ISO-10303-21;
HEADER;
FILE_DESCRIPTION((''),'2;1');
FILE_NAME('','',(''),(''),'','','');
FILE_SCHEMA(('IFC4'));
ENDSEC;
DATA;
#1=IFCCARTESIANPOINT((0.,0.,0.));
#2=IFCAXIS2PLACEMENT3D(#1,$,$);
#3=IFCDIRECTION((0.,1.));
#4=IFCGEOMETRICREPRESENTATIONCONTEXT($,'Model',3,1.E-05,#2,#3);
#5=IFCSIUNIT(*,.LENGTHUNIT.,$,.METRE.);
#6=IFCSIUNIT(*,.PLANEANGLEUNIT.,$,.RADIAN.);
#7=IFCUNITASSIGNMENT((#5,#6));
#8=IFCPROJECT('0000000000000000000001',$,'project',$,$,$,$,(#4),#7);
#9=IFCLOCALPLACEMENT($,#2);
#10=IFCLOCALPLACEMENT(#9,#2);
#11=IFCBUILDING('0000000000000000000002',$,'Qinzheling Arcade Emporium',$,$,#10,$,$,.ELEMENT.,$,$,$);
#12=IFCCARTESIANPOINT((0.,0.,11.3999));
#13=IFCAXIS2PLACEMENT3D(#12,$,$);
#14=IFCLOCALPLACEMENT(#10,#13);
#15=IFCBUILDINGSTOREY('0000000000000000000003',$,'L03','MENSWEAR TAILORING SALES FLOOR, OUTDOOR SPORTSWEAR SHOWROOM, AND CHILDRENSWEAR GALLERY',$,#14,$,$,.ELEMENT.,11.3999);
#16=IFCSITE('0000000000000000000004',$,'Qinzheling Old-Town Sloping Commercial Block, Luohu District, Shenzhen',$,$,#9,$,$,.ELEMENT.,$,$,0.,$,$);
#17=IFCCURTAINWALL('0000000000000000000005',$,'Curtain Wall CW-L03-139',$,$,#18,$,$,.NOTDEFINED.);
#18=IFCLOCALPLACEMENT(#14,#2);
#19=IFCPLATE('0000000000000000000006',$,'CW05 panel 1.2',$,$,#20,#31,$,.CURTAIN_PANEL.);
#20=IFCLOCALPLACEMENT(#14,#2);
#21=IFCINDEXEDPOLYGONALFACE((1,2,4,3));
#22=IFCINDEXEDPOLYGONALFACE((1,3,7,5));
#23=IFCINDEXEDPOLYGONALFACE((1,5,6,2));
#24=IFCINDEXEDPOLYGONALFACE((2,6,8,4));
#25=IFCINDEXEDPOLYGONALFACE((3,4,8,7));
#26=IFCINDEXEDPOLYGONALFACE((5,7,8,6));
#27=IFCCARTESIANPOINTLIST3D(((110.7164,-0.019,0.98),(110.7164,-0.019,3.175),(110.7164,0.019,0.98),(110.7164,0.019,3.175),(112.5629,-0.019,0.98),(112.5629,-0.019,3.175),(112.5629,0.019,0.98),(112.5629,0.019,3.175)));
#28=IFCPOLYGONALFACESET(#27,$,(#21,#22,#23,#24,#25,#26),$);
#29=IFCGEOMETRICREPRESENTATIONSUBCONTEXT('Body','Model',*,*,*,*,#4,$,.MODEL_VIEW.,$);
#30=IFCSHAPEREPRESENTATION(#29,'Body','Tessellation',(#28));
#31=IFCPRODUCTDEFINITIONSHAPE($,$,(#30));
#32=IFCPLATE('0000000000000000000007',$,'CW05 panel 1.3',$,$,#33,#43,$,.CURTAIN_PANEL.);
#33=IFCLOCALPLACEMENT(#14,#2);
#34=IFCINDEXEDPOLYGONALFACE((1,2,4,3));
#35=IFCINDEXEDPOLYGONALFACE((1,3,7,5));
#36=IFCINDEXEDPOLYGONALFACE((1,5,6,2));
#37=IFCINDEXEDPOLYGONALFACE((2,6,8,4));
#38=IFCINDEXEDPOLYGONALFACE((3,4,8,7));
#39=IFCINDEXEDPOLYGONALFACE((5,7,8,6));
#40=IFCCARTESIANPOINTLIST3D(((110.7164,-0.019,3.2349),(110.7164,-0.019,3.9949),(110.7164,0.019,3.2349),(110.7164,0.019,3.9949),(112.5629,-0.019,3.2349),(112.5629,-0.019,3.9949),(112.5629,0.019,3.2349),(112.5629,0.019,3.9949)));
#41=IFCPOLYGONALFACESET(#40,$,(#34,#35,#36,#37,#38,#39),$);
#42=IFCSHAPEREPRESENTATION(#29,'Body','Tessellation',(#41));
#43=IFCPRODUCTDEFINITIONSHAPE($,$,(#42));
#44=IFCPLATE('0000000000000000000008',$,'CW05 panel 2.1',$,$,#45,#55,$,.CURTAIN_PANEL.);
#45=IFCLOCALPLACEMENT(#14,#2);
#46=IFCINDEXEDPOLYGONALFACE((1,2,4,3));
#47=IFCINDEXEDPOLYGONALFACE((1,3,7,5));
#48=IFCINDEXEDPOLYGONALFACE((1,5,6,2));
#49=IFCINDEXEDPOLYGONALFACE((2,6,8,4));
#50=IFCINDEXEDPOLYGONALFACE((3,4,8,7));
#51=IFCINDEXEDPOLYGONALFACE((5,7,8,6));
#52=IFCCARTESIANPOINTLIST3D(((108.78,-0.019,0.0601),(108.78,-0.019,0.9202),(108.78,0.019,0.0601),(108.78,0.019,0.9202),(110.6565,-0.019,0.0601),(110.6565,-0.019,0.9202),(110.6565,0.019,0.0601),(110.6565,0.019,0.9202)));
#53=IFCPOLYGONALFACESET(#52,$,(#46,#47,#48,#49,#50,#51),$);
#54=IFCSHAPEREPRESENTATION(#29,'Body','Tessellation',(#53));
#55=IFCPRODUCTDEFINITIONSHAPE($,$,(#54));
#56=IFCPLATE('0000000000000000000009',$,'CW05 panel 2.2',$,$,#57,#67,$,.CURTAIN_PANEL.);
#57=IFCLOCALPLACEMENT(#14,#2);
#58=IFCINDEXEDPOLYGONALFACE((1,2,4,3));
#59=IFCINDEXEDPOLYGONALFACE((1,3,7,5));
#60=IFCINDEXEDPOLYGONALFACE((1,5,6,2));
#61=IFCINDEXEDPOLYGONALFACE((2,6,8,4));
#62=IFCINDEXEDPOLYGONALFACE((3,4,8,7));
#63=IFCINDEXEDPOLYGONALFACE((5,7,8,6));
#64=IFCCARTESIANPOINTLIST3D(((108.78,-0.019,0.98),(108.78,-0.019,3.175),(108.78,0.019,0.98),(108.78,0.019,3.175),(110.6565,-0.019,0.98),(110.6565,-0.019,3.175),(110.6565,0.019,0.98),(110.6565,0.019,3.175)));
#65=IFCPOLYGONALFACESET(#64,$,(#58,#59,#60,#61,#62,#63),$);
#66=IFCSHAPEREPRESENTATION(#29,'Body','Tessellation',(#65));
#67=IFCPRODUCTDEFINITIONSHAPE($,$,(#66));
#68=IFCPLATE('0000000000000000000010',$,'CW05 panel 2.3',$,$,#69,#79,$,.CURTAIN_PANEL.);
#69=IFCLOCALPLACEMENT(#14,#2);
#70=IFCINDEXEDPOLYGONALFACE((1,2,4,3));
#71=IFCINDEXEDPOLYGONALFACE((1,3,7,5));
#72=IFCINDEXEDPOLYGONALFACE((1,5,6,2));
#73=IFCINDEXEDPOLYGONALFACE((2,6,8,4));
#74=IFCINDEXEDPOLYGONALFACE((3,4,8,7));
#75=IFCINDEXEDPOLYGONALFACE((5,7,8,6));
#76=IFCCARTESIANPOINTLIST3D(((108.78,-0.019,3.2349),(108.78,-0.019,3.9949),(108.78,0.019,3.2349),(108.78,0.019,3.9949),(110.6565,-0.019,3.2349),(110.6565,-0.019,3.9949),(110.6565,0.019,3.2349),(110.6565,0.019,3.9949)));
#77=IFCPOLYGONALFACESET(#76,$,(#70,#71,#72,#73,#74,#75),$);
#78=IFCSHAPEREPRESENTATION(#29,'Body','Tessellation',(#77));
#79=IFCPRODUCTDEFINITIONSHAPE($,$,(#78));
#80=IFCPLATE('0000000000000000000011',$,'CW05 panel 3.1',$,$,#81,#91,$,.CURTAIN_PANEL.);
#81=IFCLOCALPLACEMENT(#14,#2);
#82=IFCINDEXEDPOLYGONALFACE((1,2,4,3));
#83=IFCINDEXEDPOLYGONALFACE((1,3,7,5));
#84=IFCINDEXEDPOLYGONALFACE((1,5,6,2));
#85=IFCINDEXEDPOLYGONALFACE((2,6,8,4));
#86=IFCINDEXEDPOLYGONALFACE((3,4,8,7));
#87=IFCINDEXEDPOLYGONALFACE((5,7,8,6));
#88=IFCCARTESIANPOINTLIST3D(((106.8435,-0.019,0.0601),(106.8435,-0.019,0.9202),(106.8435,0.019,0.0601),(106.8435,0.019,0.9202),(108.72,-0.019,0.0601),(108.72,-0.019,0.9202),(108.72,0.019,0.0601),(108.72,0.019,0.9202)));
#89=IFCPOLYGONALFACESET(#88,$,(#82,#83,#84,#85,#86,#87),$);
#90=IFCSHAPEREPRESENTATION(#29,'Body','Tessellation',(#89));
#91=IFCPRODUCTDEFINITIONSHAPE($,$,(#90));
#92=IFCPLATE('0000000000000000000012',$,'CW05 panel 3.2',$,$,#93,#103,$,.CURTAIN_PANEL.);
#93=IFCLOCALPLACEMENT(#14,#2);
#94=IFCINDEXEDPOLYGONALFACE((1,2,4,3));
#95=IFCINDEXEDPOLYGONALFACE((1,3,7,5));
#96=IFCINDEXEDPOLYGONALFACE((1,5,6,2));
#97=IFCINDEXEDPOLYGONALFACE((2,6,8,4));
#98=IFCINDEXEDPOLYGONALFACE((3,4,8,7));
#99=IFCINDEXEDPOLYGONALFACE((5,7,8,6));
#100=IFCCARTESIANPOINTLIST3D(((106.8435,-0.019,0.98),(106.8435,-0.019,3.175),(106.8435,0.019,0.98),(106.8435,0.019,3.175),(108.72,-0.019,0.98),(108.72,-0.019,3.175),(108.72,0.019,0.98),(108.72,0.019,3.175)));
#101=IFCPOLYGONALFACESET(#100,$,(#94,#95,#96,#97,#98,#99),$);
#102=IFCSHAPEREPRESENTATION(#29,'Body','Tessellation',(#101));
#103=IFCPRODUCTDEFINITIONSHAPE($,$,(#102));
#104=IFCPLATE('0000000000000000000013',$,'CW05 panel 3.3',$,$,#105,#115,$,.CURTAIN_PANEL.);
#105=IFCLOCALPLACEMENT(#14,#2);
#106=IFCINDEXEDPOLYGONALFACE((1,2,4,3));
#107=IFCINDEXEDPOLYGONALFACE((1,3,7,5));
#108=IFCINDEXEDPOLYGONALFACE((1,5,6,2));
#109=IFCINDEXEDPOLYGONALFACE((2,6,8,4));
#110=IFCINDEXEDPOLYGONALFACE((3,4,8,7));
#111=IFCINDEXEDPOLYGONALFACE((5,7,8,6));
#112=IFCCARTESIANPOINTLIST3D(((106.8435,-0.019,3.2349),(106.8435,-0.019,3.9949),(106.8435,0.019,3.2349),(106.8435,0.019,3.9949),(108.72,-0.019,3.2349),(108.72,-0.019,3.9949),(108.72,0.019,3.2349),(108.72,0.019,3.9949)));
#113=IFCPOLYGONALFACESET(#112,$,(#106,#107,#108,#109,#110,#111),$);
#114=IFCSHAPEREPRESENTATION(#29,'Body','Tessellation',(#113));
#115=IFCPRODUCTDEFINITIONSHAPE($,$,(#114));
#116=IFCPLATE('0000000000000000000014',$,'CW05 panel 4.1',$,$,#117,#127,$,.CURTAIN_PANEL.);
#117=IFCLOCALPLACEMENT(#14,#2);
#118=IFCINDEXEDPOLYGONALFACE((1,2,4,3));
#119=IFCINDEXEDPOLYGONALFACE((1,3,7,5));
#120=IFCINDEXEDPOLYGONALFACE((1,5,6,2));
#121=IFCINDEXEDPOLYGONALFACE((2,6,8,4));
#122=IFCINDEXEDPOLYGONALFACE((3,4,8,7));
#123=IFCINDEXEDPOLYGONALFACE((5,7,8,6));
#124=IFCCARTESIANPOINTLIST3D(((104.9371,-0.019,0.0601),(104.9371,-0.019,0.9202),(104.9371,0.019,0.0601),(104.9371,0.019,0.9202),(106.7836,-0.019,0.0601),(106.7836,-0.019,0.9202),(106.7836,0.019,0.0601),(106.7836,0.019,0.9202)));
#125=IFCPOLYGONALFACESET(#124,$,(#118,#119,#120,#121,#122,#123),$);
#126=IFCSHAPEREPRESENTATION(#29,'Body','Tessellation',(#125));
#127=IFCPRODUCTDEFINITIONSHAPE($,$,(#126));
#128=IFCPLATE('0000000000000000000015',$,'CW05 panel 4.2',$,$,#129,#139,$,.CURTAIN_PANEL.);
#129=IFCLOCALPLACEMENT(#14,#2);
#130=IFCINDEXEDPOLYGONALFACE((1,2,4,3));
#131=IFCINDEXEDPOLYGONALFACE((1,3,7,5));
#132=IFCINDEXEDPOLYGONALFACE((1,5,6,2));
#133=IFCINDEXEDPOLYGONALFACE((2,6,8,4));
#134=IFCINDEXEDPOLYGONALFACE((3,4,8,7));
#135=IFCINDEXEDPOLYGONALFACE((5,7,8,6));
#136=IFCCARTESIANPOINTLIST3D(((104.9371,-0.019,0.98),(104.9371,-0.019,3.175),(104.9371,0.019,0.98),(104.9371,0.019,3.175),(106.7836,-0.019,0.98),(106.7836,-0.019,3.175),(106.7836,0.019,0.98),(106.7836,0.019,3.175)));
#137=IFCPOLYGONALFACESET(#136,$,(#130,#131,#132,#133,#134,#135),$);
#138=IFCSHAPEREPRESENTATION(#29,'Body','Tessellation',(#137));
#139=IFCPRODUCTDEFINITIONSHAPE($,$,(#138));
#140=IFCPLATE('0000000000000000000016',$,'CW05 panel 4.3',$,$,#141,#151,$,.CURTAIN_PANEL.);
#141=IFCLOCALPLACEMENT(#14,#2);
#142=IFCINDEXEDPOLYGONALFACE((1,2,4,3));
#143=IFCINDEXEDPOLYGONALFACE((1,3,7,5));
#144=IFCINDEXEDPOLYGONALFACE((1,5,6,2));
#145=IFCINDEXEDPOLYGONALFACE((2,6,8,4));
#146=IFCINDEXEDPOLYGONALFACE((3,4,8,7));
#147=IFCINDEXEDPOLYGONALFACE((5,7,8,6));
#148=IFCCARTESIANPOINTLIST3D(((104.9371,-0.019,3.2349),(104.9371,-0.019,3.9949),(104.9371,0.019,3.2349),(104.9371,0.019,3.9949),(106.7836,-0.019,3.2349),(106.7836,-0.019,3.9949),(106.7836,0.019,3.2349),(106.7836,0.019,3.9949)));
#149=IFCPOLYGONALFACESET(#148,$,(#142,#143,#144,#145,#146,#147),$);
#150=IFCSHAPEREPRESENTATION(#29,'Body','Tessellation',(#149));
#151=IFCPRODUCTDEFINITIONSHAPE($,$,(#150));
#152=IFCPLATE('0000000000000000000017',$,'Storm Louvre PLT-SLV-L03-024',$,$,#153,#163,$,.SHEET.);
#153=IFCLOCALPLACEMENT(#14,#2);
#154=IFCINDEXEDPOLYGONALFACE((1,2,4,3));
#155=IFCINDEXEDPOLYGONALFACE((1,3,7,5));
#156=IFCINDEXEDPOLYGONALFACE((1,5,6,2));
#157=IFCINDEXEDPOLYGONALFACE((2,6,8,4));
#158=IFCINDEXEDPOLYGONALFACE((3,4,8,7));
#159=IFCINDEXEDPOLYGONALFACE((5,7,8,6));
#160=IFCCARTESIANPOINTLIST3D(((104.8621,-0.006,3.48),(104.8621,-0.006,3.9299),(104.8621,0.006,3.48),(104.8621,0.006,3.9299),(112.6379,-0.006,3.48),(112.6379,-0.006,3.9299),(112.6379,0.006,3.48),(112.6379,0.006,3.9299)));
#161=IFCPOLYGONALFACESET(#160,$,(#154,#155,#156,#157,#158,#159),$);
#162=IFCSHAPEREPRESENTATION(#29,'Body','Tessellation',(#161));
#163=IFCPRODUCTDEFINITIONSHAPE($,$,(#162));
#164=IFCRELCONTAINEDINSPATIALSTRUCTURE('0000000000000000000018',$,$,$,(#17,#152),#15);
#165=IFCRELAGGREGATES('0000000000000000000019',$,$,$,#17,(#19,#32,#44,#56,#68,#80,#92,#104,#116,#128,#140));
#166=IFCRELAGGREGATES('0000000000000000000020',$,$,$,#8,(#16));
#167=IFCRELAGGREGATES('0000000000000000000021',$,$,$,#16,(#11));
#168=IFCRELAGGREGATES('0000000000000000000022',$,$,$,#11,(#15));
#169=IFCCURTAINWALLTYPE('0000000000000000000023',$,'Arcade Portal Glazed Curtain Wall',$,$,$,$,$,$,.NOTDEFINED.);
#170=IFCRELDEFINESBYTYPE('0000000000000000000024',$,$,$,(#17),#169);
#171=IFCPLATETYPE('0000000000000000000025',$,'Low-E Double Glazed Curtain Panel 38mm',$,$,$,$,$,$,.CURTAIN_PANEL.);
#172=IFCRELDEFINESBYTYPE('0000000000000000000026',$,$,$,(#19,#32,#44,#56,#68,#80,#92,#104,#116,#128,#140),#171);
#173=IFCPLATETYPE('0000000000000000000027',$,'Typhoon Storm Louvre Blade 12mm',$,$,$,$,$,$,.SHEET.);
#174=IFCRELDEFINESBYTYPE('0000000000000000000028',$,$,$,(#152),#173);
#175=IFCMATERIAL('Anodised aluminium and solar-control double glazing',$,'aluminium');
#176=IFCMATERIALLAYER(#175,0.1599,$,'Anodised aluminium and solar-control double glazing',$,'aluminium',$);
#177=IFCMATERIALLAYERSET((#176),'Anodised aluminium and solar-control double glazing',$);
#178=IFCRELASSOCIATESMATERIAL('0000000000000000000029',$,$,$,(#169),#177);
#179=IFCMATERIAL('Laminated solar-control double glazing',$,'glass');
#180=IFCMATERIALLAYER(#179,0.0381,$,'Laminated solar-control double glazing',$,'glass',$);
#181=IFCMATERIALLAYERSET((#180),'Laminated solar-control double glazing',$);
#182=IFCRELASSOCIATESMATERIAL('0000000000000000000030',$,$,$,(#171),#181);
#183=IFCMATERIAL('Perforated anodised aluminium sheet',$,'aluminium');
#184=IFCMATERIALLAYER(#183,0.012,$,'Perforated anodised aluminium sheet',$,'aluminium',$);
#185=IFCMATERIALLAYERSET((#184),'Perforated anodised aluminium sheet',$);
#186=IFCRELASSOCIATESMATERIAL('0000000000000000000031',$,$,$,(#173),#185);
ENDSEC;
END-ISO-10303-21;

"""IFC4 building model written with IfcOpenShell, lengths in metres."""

from ifc_helpers import new_model, si_unit, direction, frame, origin, origin_2d, place, context, subcontext, project, spatial, rectangle, extrude, material, layer, layer_set, type_object, element, aggregate, save


model = new_model("IFC4")

# Units and contexts
model_context = context("Model", 3, precision=1e-05, world=origin(), true_north=direction((0.0, 1.0)))
body_context = subcontext(model_context, "Body", "Model", "MODEL_VIEW")
ifc_project = project(units=[si_unit("LENGTHUNIT", "METRE"), si_unit("PLANEANGLEUNIT", "RADIAN")], contexts=[model_context])

# Site, building, storey
site_placement = place(None, origin())
site = spatial("IfcSite", under=ifc_project, at=site_placement, Name="Qinzheling Old-Town Sloping Commercial Block, Luohu District, Shenzhen", CompositionType="ELEMENT", RefElevation=0.0)
building_placement = place(site_placement, origin())
building = spatial("IfcBuilding", under=site, at=building_placement, Name="Qinzheling Arcade Emporium", CompositionType="ELEMENT")
storey_placement = place(building_placement, frame((0.0, 0.0, 11.3999)))
storey = spatial("IfcBuildingStorey", under=building, at=storey_placement, Name="L03", Description="MENSWEAR TAILORING SALES FLOOR, OUTDOOR SPORTSWEAR SHOWROOM, AND CHILDRENSWEAR GALLERY", CompositionType="ELEMENT", Elevation=11.3999)

# Curtain wall
ifc_material_1 = material(Name="Anodised aluminium and solar-control double glazing", Category="aluminium")
ifc_layer_1 = layer(ifc_material_1, 0.1599, Name="Anodised aluminium and solar-control double glazing", Category="aluminium")
ifc_layer_set_1 = layer_set([ifc_layer_1], Name="Anodised aluminium and solar-control double glazing")
curtain_wall_type = type_object("IfcCurtainWallType", Name="Arcade Portal Glazed Curtain Wall", PredefinedType="NOTDEFINED", material=ifc_layer_set_1)
curtain_wall_placement = place(storey_placement, origin())
curtain_wall = element("IfcCurtainWall", 1, at=curtain_wall_placement, inside=storey, type_object=curtain_wall_type, Name="Curtain Wall CW-L03-139", PredefinedType="NOTDEFINED")

# Plates
ifc_material_2 = material(Name="Laminated solar-control double glazing", Category="glass")
ifc_layer_2 = layer(ifc_material_2, 0.0381, Name="Laminated solar-control double glazing", Category="glass")
ifc_layer_set_2 = layer_set([ifc_layer_2], Name="Laminated solar-control double glazing")
plate_type_1 = type_object("IfcPlateType", Name="Low-E Double Glazed Curtain Panel 38mm", PredefinedType="CURTAIN_PANEL", material=ifc_layer_set_2)
plate_1_placement = place(storey_placement, frame((111.6396, 0.0, 0.98), z_axis=(0.0, 0.0, 1.0), x_axis=(-1.0, 0.0, 0.0)))
plate_1 = element("IfcPlate", 2, at=plate_1_placement, type_object=plate_type_1, Name="CW05 panel 1.2", PredefinedType="CURTAIN_PANEL", context=body_context, shape_type="SweptSolid", body=[
    extrude(rectangle(XDim=1.8464, YDim=0.0381, at=origin_2d()), origin(), (0.0, 0.0, 1.0), 2.1951),
])
plate_2_placement = place(storey_placement, frame((111.6396, 0.0, 3.2349), z_axis=(0.0, 0.0, 1.0), x_axis=(-1.0, 0.0, 0.0)))
plate_2 = element("IfcPlate", 3, at=plate_2_placement, type_object=plate_type_1, Name="CW05 panel 1.3", PredefinedType="CURTAIN_PANEL", context=body_context, shape_type="SweptSolid", body=[
    extrude(rectangle(XDim=1.8464, YDim=0.0381, at=origin_2d()), origin(), (0.0, 0.0, 1.0), 0.76),
])
plate_3_placement = place(storey_placement, frame((109.7183, 0.0, 0.0601), z_axis=(0.0, 0.0, 1.0), x_axis=(-1.0, 0.0, 0.0)))
plate_3 = element("IfcPlate", 4, at=plate_3_placement, type_object=plate_type_1, Name="CW05 panel 2.1", PredefinedType="CURTAIN_PANEL", context=body_context, shape_type="SweptSolid", body=[
    extrude(rectangle(XDim=1.8765, YDim=0.0381, at=origin_2d()), origin(), (0.0, 0.0, 1.0), 0.8601),
])
plate_4_placement = place(storey_placement, frame((109.7183, 0.0, 0.98), z_axis=(0.0, 0.0, 1.0), x_axis=(-1.0, 0.0, 0.0)))
plate_4 = element("IfcPlate", 5, at=plate_4_placement, type_object=plate_type_1, Name="CW05 panel 2.2", PredefinedType="CURTAIN_PANEL", context=body_context, shape_type="SweptSolid", body=[
    extrude(rectangle(XDim=1.8765, YDim=0.0381, at=origin_2d()), origin(), (0.0, 0.0, 1.0), 2.1951),
])
plate_5_placement = place(storey_placement, frame((109.7183, 0.0, 3.2349), z_axis=(0.0, 0.0, 1.0), x_axis=(-1.0, 0.0, 0.0)))
plate_5 = element("IfcPlate", 6, at=plate_5_placement, type_object=plate_type_1, Name="CW05 panel 2.3", PredefinedType="CURTAIN_PANEL", context=body_context, shape_type="SweptSolid", body=[
    extrude(rectangle(XDim=1.8765, YDim=0.0381, at=origin_2d()), origin(), (0.0, 0.0, 1.0), 0.76),
])
plate_6_placement = place(storey_placement, frame((107.7817, 0.0, 0.0601), z_axis=(0.0, 0.0, 1.0), x_axis=(-1.0, 0.0, 0.0)))
plate_6 = element("IfcPlate", 7, at=plate_6_placement, type_object=plate_type_1, Name="CW05 panel 3.1", PredefinedType="CURTAIN_PANEL", context=body_context, shape_type="SweptSolid", body=[
    extrude(rectangle(XDim=1.8765, YDim=0.0381, at=origin_2d()), origin(), (0.0, 0.0, 1.0), 0.8601),
])
plate_7_placement = place(storey_placement, frame((107.7817, 0.0, 0.98), z_axis=(0.0, 0.0, 1.0), x_axis=(-1.0, 0.0, 0.0)))
plate_7 = element("IfcPlate", 8, at=plate_7_placement, type_object=plate_type_1, Name="CW05 panel 3.2", PredefinedType="CURTAIN_PANEL", context=body_context, shape_type="SweptSolid", body=[
    extrude(rectangle(XDim=1.8765, YDim=0.0381, at=origin_2d()), origin(), (0.0, 0.0, 1.0), 2.1951),
])
plate_8_placement = place(storey_placement, frame((107.7817, 0.0, 3.2349), z_axis=(0.0, 0.0, 1.0), x_axis=(-1.0, 0.0, 0.0)))
plate_8 = element("IfcPlate", 9, at=plate_8_placement, type_object=plate_type_1, Name="CW05 panel 3.3", PredefinedType="CURTAIN_PANEL", context=body_context, shape_type="SweptSolid", body=[
    extrude(rectangle(XDim=1.8765, YDim=0.0381, at=origin_2d()), origin(), (0.0, 0.0, 1.0), 0.76),
])
plate_9_placement = place(storey_placement, frame((105.8604, 0.0, 0.0601), z_axis=(0.0, 0.0, 1.0), x_axis=(-1.0, 0.0, 0.0)))
plate_9 = element("IfcPlate", 10, at=plate_9_placement, type_object=plate_type_1, Name="CW05 panel 4.1", PredefinedType="CURTAIN_PANEL", context=body_context, shape_type="SweptSolid", body=[
    extrude(rectangle(XDim=1.8464, YDim=0.0381, at=origin_2d()), origin(), (0.0, 0.0, 1.0), 0.8601),
])
plate_10_placement = place(storey_placement, frame((105.8604, 0.0, 0.98), z_axis=(0.0, 0.0, 1.0), x_axis=(-1.0, 0.0, 0.0)))
plate_10 = element("IfcPlate", 11, at=plate_10_placement, type_object=plate_type_1, Name="CW05 panel 4.2", PredefinedType="CURTAIN_PANEL", context=body_context, shape_type="SweptSolid", body=[
    extrude(rectangle(XDim=1.8464, YDim=0.0381, at=origin_2d()), origin(), (0.0, 0.0, 1.0), 2.1951),
])
plate_11_placement = place(storey_placement, frame((105.8604, 0.0, 3.2349), z_axis=(0.0, 0.0, 1.0), x_axis=(-1.0, 0.0, 0.0)))
plate_11 = element("IfcPlate", 12, at=plate_11_placement, type_object=plate_type_1, Name="CW05 panel 4.3", PredefinedType="CURTAIN_PANEL", context=body_context, shape_type="SweptSolid", body=[
    extrude(rectangle(XDim=1.8464, YDim=0.0381, at=origin_2d()), origin(), (0.0, 0.0, 1.0), 0.76),
])
aggregate(curtain_wall, [plate_1, plate_2, plate_3, plate_4, plate_5, plate_6, plate_7, plate_8, plate_9, plate_10, plate_11])
ifc_material_3 = material(Name="Perforated anodised aluminium sheet", Category="aluminium")
ifc_layer_3 = layer(ifc_material_3, 0.012, Name="Perforated anodised aluminium sheet", Category="aluminium")
ifc_layer_set_3 = layer_set([ifc_layer_3], Name="Perforated anodised aluminium sheet")
plate_type_2 = type_object("IfcPlateType", Name="Typhoon Storm Louvre Blade 12mm", PredefinedType="SHEET", material=ifc_layer_set_3)
plate_12_placement = place(storey_placement, frame((108.75, 0.0, 3.48), z_axis=(0.0, 0.0, 1.0), x_axis=(-1.0, 0.0, 0.0)))
element("IfcPlate", 13, at=plate_12_placement, inside=storey, type_object=plate_type_2, Name="Storm Louvre PLT-SLV-L03-024", PredefinedType="SHEET", context=body_context, shape_type="SweptSolid", body=[
    extrude(rectangle(XDim=7.7759, YDim=0.012, at=origin_2d()), origin(), (0.0, 0.0, 1.0), 0.45),
])

save(model, "model.ifc")
